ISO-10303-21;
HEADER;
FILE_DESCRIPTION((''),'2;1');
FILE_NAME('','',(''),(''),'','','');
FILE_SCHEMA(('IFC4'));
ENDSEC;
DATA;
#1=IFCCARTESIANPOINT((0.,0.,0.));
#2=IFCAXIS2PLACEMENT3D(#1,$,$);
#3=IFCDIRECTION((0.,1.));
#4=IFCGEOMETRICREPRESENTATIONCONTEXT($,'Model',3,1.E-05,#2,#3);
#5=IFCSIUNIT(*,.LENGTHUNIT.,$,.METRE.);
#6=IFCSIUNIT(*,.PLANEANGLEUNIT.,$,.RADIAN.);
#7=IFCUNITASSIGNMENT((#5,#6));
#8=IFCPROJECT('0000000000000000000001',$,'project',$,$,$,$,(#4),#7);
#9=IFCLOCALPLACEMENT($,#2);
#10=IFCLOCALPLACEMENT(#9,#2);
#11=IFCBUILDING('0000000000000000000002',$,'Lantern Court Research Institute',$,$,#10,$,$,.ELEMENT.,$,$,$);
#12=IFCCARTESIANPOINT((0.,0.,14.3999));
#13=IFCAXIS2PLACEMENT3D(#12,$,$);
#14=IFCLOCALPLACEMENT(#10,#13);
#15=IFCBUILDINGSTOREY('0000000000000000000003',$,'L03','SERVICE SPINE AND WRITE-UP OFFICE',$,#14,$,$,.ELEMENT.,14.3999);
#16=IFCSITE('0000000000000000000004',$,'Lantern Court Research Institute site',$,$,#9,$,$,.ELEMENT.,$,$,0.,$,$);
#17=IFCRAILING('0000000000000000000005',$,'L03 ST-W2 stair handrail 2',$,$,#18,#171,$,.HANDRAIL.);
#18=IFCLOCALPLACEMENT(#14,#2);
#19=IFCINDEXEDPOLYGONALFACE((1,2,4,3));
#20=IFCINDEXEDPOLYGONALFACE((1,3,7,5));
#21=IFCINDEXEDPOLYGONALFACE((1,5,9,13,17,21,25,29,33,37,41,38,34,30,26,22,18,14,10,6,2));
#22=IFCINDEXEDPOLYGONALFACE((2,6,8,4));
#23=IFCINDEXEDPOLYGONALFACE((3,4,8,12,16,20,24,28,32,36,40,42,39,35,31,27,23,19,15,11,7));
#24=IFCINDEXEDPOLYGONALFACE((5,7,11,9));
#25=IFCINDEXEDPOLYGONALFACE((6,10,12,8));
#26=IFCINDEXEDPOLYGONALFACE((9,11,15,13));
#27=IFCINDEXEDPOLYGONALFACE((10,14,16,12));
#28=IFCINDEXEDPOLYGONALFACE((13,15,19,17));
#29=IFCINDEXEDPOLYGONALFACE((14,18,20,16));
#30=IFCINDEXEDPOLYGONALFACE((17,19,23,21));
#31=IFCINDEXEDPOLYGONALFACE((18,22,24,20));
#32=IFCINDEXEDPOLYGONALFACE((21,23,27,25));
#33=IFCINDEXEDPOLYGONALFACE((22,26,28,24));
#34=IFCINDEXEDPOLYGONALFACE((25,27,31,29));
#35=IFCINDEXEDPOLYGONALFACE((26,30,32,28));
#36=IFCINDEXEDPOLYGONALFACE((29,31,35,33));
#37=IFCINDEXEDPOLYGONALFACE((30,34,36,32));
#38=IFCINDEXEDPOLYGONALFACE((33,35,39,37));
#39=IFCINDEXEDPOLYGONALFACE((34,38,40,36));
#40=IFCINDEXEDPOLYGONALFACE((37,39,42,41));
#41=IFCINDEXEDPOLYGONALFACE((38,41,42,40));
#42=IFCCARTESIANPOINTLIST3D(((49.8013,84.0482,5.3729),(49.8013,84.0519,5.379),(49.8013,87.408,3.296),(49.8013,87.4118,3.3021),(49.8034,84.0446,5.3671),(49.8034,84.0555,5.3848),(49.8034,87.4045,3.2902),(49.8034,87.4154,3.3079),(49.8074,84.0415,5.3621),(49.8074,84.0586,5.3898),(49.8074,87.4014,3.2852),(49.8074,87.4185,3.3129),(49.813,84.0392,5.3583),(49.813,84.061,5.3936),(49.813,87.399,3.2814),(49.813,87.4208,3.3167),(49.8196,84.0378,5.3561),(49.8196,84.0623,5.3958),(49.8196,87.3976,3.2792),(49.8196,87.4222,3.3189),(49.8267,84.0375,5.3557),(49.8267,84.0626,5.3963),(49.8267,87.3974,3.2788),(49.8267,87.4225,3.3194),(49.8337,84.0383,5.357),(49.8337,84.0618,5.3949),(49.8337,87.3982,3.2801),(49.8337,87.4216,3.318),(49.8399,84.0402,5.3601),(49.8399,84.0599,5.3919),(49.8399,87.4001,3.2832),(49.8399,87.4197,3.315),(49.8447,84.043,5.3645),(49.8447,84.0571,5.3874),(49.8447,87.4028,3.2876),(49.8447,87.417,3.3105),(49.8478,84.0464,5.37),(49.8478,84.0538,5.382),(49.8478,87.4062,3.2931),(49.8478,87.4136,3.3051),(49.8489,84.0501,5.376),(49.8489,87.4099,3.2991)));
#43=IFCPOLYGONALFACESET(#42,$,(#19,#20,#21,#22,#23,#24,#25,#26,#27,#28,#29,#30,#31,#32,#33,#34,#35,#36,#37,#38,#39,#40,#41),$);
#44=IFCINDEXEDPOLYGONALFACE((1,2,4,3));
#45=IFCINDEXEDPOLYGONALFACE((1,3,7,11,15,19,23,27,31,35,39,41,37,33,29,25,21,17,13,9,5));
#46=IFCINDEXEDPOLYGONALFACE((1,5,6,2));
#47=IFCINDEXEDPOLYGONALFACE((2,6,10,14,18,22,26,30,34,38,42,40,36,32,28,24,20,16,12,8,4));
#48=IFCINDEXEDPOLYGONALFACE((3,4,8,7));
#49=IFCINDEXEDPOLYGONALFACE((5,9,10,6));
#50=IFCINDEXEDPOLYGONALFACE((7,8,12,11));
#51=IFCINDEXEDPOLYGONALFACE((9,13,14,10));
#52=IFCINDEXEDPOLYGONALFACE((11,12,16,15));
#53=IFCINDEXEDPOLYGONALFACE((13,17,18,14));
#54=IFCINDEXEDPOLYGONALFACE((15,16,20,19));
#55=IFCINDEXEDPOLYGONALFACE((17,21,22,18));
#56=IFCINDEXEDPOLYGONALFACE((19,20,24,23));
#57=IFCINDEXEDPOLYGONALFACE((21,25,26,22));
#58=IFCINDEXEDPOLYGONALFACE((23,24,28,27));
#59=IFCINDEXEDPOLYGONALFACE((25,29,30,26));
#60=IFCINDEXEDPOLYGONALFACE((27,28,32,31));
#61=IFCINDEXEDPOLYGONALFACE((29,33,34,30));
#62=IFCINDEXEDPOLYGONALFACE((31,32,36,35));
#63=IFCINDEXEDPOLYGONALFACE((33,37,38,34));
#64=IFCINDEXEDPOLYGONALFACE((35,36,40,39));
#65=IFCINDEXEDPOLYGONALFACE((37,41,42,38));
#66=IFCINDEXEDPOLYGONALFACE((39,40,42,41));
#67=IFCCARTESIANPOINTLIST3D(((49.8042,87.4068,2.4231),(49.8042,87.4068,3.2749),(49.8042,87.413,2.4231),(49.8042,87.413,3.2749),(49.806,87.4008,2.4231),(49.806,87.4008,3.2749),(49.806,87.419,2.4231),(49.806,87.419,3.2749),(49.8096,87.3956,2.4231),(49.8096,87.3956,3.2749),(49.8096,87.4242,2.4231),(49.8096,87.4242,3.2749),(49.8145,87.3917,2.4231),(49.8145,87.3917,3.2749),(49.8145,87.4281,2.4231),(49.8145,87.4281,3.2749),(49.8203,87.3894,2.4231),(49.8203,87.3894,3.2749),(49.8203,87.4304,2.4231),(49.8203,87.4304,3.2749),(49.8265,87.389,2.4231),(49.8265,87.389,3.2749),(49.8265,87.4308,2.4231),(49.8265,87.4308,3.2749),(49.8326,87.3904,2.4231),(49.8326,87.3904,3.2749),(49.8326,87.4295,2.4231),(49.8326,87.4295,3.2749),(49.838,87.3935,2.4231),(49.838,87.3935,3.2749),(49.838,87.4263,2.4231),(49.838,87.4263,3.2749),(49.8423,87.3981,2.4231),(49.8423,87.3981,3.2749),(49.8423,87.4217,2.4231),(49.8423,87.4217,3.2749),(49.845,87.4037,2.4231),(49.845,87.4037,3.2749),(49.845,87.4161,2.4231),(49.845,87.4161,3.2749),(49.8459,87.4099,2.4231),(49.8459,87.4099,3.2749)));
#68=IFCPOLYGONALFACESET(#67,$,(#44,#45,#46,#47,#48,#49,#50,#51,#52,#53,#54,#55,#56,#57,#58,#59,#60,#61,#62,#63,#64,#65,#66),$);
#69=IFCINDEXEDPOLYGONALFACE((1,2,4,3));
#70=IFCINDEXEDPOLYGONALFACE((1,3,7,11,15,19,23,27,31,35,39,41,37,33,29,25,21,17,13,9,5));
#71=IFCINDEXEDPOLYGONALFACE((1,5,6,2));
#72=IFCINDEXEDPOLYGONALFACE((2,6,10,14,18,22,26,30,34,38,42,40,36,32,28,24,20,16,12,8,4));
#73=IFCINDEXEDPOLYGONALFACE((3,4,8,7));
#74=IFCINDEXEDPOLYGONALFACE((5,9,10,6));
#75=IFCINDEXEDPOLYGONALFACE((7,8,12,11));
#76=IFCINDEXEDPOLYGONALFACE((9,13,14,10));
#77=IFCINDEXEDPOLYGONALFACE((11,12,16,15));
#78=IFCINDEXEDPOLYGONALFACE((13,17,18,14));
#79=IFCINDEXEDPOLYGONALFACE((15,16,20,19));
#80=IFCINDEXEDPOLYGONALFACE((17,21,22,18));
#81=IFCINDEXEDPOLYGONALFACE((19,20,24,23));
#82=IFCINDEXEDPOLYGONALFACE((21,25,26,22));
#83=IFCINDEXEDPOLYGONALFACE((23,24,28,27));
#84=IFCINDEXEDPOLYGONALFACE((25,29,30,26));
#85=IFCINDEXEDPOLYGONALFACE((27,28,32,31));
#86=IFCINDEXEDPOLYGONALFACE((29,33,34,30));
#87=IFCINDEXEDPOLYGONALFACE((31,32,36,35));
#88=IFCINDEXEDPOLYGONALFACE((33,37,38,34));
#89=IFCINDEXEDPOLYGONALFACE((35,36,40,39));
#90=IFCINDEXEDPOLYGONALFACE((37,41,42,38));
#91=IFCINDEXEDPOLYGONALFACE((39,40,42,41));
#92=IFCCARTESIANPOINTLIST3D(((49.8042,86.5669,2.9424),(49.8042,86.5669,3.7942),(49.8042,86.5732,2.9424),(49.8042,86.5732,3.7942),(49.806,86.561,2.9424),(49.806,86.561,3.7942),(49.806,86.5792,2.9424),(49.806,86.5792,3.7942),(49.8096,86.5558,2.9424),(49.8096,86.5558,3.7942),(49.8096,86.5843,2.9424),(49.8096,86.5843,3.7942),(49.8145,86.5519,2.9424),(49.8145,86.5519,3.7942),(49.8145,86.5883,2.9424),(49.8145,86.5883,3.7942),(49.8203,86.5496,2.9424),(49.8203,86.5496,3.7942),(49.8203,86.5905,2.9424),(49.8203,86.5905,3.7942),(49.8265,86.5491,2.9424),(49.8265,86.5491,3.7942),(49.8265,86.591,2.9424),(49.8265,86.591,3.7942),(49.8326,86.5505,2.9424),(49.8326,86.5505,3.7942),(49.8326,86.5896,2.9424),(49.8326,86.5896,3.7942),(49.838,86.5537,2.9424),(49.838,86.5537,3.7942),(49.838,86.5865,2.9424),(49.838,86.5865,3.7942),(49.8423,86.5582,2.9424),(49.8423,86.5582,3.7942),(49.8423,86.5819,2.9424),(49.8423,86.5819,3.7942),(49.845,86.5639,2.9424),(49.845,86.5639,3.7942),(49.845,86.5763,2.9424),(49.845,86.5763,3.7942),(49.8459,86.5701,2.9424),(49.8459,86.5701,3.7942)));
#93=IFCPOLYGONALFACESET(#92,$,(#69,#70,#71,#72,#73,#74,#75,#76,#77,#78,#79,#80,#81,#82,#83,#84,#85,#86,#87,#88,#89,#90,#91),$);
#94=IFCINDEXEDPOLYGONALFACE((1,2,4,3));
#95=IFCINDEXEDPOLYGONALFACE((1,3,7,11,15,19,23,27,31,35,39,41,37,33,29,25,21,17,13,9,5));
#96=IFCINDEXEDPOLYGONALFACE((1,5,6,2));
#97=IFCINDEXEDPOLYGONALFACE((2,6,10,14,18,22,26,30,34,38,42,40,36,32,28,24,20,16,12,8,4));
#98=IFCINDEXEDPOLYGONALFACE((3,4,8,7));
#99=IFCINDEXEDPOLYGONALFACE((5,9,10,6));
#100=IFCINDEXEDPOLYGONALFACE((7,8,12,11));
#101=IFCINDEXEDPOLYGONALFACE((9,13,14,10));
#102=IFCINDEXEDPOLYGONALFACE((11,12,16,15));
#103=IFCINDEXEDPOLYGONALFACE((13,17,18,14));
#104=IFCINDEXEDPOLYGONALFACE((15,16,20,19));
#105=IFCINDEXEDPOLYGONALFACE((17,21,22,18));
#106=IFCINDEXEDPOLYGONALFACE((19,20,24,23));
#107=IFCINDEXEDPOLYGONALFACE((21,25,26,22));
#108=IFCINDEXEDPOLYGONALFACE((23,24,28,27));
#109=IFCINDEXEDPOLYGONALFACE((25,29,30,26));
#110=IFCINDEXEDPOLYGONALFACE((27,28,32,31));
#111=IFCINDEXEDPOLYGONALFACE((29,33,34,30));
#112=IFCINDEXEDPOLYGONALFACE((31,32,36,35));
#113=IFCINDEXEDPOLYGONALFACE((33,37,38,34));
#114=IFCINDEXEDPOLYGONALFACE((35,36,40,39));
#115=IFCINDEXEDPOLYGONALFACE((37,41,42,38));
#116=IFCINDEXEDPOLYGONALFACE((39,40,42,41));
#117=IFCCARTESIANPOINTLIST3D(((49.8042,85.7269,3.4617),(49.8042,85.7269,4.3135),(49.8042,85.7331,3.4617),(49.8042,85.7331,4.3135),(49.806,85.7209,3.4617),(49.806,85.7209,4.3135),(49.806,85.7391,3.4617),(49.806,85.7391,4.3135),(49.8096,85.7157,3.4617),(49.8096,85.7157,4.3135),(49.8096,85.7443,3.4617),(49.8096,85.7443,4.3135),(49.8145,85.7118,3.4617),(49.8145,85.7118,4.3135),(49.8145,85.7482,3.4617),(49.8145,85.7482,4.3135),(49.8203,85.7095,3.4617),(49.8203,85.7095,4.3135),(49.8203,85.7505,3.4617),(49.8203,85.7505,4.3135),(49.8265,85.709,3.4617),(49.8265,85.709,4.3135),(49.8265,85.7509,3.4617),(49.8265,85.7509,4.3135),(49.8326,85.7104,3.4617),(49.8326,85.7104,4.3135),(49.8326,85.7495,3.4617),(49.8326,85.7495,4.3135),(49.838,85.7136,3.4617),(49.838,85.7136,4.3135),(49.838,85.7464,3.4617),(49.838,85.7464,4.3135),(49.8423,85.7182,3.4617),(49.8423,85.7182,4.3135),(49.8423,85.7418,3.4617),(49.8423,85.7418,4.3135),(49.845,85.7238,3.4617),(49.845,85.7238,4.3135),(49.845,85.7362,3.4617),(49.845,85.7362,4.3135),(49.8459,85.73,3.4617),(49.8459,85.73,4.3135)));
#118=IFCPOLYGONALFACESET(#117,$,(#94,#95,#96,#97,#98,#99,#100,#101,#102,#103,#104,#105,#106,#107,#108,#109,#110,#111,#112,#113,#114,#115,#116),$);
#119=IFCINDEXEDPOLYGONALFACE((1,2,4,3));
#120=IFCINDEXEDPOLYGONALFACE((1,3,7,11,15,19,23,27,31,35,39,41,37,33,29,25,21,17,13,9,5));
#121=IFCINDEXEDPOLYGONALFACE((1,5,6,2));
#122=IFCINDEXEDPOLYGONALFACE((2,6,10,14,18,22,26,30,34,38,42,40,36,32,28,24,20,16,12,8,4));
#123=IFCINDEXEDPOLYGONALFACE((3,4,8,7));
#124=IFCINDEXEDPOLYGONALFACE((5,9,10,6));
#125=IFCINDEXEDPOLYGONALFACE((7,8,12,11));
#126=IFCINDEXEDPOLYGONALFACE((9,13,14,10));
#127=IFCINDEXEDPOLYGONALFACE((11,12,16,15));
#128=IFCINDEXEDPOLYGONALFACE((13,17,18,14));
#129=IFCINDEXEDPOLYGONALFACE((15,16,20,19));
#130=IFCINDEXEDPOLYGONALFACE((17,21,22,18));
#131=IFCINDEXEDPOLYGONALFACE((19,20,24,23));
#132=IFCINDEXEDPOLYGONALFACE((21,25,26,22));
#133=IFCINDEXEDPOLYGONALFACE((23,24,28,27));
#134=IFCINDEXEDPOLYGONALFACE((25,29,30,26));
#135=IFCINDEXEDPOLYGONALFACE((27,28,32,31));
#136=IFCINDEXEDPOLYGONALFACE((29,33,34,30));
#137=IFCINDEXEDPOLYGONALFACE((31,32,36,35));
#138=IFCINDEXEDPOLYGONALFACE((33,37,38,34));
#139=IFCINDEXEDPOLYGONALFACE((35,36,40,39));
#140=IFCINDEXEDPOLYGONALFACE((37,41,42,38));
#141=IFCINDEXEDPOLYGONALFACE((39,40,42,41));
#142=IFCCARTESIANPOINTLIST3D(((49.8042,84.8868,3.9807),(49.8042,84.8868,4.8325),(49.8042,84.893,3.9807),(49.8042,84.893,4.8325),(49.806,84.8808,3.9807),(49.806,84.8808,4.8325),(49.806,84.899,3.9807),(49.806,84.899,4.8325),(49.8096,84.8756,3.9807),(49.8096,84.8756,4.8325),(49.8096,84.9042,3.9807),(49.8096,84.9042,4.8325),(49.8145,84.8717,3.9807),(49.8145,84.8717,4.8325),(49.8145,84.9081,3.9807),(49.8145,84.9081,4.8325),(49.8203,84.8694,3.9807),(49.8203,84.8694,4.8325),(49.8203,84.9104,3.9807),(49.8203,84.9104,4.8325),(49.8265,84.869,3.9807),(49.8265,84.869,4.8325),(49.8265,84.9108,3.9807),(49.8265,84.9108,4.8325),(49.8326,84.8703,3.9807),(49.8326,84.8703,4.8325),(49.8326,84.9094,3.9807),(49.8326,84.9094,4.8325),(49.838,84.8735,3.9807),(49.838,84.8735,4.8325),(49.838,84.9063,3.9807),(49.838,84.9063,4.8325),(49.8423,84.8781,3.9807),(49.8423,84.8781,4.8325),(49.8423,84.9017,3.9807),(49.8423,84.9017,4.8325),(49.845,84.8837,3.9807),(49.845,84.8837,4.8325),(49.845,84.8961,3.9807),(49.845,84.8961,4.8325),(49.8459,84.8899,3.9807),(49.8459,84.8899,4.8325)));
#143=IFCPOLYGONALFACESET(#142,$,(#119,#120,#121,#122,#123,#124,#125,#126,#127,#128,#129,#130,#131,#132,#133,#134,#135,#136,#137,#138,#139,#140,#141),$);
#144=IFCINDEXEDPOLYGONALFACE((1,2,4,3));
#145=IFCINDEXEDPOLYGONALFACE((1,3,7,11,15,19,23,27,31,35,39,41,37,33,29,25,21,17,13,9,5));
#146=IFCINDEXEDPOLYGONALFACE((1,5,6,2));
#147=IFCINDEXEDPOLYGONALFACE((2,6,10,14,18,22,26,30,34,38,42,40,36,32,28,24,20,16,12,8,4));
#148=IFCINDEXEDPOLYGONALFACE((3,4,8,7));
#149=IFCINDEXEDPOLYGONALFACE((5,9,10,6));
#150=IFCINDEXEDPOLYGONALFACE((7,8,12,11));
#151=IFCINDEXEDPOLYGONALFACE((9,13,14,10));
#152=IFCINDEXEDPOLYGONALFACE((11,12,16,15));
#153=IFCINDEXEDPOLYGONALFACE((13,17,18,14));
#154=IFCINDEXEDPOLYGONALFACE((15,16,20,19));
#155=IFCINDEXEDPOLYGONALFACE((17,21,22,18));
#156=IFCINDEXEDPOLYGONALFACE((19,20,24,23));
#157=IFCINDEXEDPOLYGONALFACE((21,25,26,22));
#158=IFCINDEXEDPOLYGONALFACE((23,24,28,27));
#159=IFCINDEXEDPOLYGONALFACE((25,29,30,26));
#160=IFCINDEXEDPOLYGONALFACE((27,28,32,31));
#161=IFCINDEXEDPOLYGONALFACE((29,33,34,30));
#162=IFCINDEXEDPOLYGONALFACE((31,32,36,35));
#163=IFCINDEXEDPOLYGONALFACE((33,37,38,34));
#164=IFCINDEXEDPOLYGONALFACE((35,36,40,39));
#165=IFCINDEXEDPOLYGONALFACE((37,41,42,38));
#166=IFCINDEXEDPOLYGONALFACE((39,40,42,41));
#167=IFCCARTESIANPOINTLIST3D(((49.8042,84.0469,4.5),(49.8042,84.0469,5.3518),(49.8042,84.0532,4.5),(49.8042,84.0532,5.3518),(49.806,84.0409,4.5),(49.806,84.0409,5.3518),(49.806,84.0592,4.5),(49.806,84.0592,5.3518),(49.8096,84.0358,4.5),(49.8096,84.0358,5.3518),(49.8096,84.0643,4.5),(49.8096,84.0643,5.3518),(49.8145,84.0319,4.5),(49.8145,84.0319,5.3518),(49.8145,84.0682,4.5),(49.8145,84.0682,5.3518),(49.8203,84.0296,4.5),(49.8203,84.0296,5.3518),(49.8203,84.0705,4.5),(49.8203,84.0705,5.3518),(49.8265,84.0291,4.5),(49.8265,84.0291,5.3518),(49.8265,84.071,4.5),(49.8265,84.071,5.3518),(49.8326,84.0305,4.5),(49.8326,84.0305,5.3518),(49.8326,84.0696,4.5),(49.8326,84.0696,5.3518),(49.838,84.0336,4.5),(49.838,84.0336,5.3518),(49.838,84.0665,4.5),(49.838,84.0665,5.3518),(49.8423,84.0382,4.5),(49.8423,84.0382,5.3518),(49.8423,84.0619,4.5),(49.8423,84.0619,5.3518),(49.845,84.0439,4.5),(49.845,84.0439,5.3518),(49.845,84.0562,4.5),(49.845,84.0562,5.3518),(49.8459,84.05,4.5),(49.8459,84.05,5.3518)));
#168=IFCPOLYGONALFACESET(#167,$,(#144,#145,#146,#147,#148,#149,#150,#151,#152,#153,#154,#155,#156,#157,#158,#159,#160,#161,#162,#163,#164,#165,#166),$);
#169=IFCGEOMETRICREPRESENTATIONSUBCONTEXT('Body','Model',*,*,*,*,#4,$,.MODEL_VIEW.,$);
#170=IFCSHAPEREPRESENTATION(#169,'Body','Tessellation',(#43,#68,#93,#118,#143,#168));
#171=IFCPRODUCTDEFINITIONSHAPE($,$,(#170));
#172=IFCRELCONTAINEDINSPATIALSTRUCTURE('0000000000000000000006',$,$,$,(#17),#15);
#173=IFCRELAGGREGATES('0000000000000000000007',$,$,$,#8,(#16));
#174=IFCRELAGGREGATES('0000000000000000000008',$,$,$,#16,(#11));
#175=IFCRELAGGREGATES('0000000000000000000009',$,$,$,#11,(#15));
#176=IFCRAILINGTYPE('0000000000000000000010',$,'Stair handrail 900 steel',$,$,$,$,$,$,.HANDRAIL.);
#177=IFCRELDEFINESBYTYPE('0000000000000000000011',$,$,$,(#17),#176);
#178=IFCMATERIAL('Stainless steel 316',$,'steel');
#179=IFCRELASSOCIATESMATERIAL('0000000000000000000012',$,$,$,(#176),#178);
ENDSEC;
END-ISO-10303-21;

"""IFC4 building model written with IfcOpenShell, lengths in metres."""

from ifc_helpers import new_model, si_unit, direction, frame, origin, origin_2d, place, context, subcontext, project, spatial, circle, extrude, material, type_object, element, save


model = new_model("IFC4")

# Units and contexts
model_context = context("Model", 3, precision=1e-05, world=origin(), true_north=direction((0.0, 1.0)))
body_context = subcontext(model_context, "Body", "Model", "MODEL_VIEW")
ifc_project = project(units=[si_unit("LENGTHUNIT", "METRE"), si_unit("PLANEANGLEUNIT", "RADIAN")], contexts=[model_context])

# Site, building, storey
site_placement = place(None, origin())
site = spatial("IfcSite", under=ifc_project, at=site_placement, Name="Lantern Court Research Institute site", CompositionType="ELEMENT", RefElevation=0.0)
building_placement = place(site_placement, origin())
building = spatial("IfcBuilding", under=site, at=building_placement, Name="Lantern Court Research Institute", CompositionType="ELEMENT")
storey_placement = place(building_placement, frame((0.0, 0.0, 14.3999)))
storey = spatial("IfcBuildingStorey", under=building, at=storey_placement, Name="L03", Description="SERVICE SPINE AND WRITE-UP OFFICE", CompositionType="ELEMENT", Elevation=14.3999)

# Railing
ifc_material_1 = material(Name="Stainless steel 316", Category="steel")
railing_type = type_object("IfcRailingType", Name="Stair handrail 900 steel", PredefinedType="HANDRAIL", material=ifc_material_1)
railing_placement = place(storey_placement, frame((49.825, 87.4099, 2.4231)))
element("IfcRailing", 1, at=railing_placement, inside=storey, type_object=railing_type, Name="L03 ST-W2 stair handrail 2", PredefinedType="HANDRAIL", context=body_context, shape_type="SweptSolid", body=[
    extrude(circle(Radius=0.0239, at=origin_2d()), frame((0.0, 0.0, 0.876), z_axis=(0.0, -0.850606, 0.525803), x_axis=(1.0, 0.0, 0.0)), (0.0, 0.0, 1.0), 3.95),
    extrude(circle(Radius=0.021, at=origin_2d()), origin(), (0.0, 0.0, 1.0), 0.8518),
    extrude(circle(Radius=0.021, at=origin_2d()), frame((0.0, -0.8398, 0.5193)), (0.0, 0.0, 1.0), 0.8518),
    extrude(circle(Radius=0.021, at=origin_2d()), frame((0.0, -1.6799, 1.0386)), (0.0, 0.0, 1.0), 0.8518),
    extrude(circle(Radius=0.021, at=origin_2d()), frame((0.0, -2.52, 1.5576)), (0.0, 0.0, 1.0), 0.8518),
    extrude(circle(Radius=0.021, at=origin_2d()), frame((0.0, -3.3599, 2.0769)), (0.0, 0.0, 1.0), 0.8518),
])

save(model, "model.ifc")
